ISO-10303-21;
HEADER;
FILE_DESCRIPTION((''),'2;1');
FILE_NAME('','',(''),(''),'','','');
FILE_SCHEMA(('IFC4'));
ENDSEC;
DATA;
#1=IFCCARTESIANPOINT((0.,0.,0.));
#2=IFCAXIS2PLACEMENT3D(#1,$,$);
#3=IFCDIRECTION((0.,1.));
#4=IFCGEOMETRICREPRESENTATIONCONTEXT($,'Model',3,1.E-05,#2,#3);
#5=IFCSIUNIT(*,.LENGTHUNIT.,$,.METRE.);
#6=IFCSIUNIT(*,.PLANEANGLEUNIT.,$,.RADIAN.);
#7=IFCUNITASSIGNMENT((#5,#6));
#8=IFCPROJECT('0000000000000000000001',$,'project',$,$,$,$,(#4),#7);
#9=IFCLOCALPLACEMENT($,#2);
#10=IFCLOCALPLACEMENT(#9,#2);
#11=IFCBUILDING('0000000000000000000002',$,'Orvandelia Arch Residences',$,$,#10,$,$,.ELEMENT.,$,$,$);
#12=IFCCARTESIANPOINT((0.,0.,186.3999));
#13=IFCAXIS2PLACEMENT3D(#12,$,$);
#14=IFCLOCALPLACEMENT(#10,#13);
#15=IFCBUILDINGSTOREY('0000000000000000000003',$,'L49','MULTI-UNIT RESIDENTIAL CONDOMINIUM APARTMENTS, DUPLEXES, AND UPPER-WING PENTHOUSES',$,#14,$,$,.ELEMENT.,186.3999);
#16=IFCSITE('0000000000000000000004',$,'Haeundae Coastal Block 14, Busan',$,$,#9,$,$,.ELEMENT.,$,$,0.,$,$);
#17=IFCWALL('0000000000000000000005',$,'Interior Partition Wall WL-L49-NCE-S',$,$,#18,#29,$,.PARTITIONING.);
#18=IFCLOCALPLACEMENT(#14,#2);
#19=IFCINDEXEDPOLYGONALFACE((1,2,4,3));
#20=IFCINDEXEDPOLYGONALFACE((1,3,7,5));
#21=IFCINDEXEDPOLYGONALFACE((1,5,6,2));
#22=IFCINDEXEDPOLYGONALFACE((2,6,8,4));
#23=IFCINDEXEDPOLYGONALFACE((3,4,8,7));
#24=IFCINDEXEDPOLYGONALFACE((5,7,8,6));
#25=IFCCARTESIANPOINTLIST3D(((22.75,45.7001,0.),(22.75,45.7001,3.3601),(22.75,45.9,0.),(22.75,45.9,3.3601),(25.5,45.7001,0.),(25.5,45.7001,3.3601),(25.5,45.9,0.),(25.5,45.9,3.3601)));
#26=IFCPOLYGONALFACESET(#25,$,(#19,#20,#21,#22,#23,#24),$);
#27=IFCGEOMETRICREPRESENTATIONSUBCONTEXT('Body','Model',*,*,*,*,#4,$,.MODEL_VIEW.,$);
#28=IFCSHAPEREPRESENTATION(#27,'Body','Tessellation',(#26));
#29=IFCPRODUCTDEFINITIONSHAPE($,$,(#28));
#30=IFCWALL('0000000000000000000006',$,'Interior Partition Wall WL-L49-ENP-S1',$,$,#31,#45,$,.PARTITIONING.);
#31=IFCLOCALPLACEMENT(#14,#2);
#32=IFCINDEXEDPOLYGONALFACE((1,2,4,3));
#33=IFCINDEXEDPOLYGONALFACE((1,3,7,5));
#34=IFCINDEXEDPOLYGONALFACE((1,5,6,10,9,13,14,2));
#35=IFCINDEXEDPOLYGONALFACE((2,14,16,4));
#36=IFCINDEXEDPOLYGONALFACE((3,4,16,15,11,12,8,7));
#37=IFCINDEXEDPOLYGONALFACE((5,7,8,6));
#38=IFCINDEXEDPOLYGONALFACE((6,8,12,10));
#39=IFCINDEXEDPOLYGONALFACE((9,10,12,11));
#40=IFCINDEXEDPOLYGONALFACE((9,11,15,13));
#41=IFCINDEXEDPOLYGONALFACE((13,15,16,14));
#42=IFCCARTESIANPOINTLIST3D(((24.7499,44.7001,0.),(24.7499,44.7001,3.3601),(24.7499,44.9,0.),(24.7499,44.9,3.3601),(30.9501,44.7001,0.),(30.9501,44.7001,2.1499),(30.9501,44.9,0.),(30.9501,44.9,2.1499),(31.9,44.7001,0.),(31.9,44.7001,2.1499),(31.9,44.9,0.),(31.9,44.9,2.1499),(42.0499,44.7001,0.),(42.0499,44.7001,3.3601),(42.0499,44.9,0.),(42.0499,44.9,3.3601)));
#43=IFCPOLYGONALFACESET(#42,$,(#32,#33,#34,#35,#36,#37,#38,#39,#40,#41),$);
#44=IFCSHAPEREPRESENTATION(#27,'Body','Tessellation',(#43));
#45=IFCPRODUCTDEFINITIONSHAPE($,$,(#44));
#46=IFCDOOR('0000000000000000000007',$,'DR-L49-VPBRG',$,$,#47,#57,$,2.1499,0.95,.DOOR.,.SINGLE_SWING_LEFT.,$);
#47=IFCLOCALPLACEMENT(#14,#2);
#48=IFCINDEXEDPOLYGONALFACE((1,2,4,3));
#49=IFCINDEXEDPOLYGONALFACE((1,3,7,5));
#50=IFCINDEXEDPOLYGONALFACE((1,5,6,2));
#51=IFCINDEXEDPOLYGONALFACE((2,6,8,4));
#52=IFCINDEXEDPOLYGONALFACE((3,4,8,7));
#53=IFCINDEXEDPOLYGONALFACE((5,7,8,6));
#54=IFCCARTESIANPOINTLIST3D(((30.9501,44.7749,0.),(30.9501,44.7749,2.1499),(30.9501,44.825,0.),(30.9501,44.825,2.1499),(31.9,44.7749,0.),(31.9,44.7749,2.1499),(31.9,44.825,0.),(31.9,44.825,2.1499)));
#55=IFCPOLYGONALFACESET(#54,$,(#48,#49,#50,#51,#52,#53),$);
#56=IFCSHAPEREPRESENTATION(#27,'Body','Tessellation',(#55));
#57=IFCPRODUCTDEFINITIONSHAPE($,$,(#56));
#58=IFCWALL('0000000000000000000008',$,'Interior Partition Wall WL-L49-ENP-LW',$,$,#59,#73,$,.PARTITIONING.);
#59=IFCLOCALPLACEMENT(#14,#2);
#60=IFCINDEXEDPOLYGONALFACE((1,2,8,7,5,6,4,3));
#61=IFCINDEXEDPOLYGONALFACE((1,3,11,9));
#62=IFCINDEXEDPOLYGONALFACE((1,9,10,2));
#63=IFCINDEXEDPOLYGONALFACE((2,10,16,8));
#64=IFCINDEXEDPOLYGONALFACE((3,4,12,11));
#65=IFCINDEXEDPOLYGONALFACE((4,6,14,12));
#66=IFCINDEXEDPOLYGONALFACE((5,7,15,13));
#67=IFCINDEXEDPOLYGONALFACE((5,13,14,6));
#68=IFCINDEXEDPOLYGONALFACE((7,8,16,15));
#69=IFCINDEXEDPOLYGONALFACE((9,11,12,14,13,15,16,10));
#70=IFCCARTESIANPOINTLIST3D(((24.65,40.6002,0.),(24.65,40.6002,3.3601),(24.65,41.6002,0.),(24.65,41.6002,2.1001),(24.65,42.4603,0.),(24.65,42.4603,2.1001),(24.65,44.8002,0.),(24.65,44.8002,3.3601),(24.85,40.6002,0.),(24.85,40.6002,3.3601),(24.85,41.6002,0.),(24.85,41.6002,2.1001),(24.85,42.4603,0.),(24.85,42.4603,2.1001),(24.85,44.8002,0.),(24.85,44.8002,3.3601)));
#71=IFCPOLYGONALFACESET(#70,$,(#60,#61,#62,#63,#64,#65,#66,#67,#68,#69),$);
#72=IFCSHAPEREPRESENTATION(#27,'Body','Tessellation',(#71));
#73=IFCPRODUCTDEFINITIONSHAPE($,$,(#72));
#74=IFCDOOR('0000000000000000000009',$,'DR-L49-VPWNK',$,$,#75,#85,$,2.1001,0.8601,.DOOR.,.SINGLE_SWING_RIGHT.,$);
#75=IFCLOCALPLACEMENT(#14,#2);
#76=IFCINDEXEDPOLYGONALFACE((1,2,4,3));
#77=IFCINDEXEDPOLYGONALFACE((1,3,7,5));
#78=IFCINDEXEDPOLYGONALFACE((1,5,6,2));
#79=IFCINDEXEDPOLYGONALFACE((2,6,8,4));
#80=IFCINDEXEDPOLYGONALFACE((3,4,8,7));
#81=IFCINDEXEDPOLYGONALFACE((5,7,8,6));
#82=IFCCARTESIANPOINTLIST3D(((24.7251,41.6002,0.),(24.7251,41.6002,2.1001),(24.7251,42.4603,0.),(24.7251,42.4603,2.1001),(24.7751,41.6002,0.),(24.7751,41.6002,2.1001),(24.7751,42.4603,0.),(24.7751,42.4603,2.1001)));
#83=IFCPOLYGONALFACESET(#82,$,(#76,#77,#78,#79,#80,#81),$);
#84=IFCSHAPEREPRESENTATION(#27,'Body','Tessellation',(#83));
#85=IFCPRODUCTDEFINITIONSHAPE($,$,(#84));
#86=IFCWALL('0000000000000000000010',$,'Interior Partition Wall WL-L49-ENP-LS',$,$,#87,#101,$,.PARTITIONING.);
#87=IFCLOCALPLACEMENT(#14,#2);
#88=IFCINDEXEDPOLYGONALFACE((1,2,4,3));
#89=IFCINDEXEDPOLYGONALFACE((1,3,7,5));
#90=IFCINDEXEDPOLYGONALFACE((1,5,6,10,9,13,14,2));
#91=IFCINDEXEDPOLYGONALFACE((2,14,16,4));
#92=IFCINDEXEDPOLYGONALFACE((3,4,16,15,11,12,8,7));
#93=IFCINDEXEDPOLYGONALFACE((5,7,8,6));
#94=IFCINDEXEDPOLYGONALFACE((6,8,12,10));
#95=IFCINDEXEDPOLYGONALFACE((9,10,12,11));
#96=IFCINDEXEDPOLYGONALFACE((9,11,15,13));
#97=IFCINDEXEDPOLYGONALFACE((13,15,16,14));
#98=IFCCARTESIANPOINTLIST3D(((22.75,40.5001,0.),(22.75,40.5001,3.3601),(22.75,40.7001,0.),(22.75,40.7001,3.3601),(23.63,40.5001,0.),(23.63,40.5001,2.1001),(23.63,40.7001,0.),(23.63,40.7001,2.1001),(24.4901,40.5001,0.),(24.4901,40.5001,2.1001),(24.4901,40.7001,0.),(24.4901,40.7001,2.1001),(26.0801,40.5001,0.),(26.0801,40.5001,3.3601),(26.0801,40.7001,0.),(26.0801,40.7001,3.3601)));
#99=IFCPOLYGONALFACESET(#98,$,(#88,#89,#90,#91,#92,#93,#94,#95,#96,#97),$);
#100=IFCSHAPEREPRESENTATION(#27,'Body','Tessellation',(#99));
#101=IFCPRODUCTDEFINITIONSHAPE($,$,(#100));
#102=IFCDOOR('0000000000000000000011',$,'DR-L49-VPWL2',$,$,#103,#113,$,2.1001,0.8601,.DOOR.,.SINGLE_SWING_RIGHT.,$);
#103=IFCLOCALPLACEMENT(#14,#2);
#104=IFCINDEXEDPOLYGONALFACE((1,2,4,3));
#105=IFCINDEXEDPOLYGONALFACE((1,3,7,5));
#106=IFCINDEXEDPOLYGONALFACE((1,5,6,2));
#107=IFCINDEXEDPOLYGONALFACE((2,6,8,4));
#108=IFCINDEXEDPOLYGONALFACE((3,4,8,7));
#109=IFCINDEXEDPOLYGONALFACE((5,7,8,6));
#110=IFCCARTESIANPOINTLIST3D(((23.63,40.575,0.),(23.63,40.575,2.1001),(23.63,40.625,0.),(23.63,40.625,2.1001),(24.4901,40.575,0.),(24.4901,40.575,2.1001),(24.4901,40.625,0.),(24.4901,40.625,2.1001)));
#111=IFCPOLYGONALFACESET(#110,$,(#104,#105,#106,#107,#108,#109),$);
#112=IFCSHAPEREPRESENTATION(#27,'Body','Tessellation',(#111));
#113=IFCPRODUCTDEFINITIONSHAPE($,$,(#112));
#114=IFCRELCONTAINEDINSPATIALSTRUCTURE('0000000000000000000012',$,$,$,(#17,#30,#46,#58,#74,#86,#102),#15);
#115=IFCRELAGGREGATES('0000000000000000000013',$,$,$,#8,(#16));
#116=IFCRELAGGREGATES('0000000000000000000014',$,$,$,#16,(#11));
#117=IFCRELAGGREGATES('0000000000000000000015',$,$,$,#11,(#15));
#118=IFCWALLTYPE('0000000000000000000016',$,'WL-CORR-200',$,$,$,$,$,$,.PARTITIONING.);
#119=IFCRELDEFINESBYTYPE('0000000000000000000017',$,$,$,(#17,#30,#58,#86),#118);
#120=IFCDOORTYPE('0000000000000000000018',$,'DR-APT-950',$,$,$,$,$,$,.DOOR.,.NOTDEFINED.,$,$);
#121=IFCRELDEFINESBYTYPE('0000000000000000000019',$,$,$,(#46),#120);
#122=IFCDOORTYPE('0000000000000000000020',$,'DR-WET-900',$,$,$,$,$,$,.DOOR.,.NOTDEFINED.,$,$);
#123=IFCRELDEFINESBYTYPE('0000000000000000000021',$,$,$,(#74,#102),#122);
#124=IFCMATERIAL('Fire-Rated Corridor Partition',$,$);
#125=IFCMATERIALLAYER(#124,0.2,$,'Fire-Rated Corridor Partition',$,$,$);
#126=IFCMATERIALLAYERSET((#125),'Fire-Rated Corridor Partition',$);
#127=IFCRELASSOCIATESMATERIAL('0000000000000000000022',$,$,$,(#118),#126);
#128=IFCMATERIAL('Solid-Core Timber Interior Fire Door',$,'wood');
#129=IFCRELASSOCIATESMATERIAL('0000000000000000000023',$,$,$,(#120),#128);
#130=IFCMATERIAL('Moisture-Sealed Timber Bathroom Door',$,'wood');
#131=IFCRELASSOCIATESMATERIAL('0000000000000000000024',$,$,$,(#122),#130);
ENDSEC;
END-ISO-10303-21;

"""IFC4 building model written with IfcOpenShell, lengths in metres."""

from ifc_helpers import new_model, si_unit, direction, frame, frame_2d, origin, place, context, subcontext, project, spatial, rectangle, extrude, material, layer, layer_set, type_object, element, fill, save


model = new_model("IFC4")

# Units and contexts
model_context = context("Model", 3, precision=1e-05, world=origin(), true_north=direction((0.0, 1.0)))
body_context = subcontext(model_context, "Body", "Model", "MODEL_VIEW")
ifc_project = project(units=[si_unit("LENGTHUNIT", "METRE"), si_unit("PLANEANGLEUNIT", "RADIAN")], contexts=[model_context])

# Site, building, storey
site_placement = place(None, origin())
site = spatial("IfcSite", under=ifc_project, at=site_placement, Name="Haeundae Coastal Block 14, Busan", CompositionType="ELEMENT", RefElevation=0.0)
building_placement = place(site_placement, origin())
building = spatial("IfcBuilding", under=site, at=building_placement, Name="Orvandelia Arch Residences", CompositionType="ELEMENT")
storey_placement = place(building_placement, frame((0.0, 0.0, 186.3999)))
storey = spatial("IfcBuildingStorey", under=building, at=storey_placement, Name="L49", Description="MULTI-UNIT RESIDENTIAL CONDOMINIUM APARTMENTS, DUPLEXES, AND UPPER-WING PENTHOUSES", CompositionType="ELEMENT", Elevation=186.3999)

# Wall
ifc_material_1 = material(Name="Fire-Rated Corridor Partition")
ifc_layer_1 = layer(ifc_material_1, 0.2, Name="Fire-Rated Corridor Partition")
ifc_layer_set_1 = layer_set([ifc_layer_1], Name="Fire-Rated Corridor Partition")
wall_type_1 = type_object("IfcWallType", Name="WL-CORR-200", PredefinedType="PARTITIONING", material=ifc_layer_set_1)
wall_1_placement = place(storey_placement, frame((22.75, 45.8, 0.0), z_axis=(0.0, 0.0, 1.0), x_axis=(1.0, 0.0, 0.0)))
element("IfcWall", 1, at=wall_1_placement, inside=storey, type_object=wall_type_1, Name="Interior Partition Wall WL-L49-NCE-S", PredefinedType="PARTITIONING", context=body_context, shape_type="SweptSolid", body=[
    extrude(rectangle(XDim=2.75, YDim=0.2, at=frame_2d((1.375, 0.0))), origin(), (0.0, 0.0, 1.0), 3.3601),
])

# Walls, openings, doors
wall_2_placement = place(storey_placement, frame((24.75, 44.8, 0.0), z_axis=(0.0, 0.0, 1.0), x_axis=(1.0, 0.0, 0.0)))
wall_2 = element("IfcWall", 2, at=wall_2_placement, inside=storey, type_object=wall_type_1, Name="Interior Partition Wall WL-L49-ENP-S1", PredefinedType="PARTITIONING", context=body_context, shape_type="SweptSolid", body=[
    extrude(rectangle(XDim=17.3, YDim=0.2, at=frame_2d((8.6499, 0.0))), origin(), (0.0, 0.0, 1.0), 3.3601),
])
opening_1_placement = place(wall_2_placement, frame((6.2, 0.0, 0.0)))
opening_1 = element("IfcOpeningElement", 3, at=opening_1_placement, cuts=wall_2, PredefinedType="OPENING", context=body_context, shape_type="SweptSolid", body=[
    extrude(rectangle(XDim=0.95, YDim=2.1499, at=frame_2d((0.4751, 1.075))), frame((0.0, 0.1099, 0.0), z_axis=(0.0, -1.0, 0.0), x_axis=(1.0, 0.0, 0.0)), (0.0, 0.0, 1.0), 0.22),
])
ifc_material_2 = material(Name="Solid-Core Timber Interior Fire Door", Category="wood")
door_type_1 = type_object("IfcDoorType", Name="DR-APT-950", OperationType="NOTDEFINED", PredefinedType="DOOR", material=ifc_material_2)
door_1_placement = place(opening_1_placement, origin())
door_1 = element("IfcDoor", 4, at=door_1_placement, inside=storey, type_object=door_type_1, Name="DR-L49-VPBRG", OperationType="SINGLE_SWING_LEFT", OverallHeight=2.1499, OverallWidth=0.95, PredefinedType="DOOR", context=body_context, shape_type="SweptSolid", body=[
    extrude(rectangle(XDim=0.95, YDim=2.1499, at=frame_2d((0.4751, 1.075))), frame((0.0, 0.0249, 0.0), z_axis=(0.0, -1.0, 0.0), x_axis=(1.0, 0.0, 0.0)), (0.0, 0.0, 1.0), 0.05),
])
fill(opening_1, door_1)
wall_3_placement = place(storey_placement, frame((24.75, 40.6001, 0.0), z_axis=(0.0, 0.0, 1.0), x_axis=(0.0, 1.0, 0.0)))
wall_3 = element("IfcWall", 5, at=wall_3_placement, inside=storey, type_object=wall_type_1, Name="Interior Partition Wall WL-L49-ENP-LW", PredefinedType="PARTITIONING", context=body_context, shape_type="SweptSolid", body=[
    extrude(rectangle(XDim=4.2, YDim=0.2, at=frame_2d((2.1001, 0.0))), origin(), (0.0, 0.0, 1.0), 3.3601),
])
opening_2_placement = place(wall_3_placement, frame((1.0, 0.0, 0.0)))
opening_2 = element("IfcOpeningElement", 6, at=opening_2_placement, cuts=wall_3, PredefinedType="OPENING", context=body_context, shape_type="SweptSolid", body=[
    extrude(rectangle(XDim=0.8601, YDim=2.1001, at=frame_2d((0.4302, 1.05))), frame((0.0, 0.1099, 0.0), z_axis=(0.0, -1.0, 0.0), x_axis=(1.0, 0.0, 0.0)), (0.0, 0.0, 1.0), 0.22),
])
ifc_material_3 = material(Name="Moisture-Sealed Timber Bathroom Door", Category="wood")
door_type_2 = type_object("IfcDoorType", Name="DR-WET-900", OperationType="NOTDEFINED", PredefinedType="DOOR", material=ifc_material_3)
door_2_placement = place(opening_2_placement, origin())
door_2 = element("IfcDoor", 7, at=door_2_placement, inside=storey, type_object=door_type_2, Name="DR-L49-VPWNK", OperationType="SINGLE_SWING_RIGHT", OverallHeight=2.1001, OverallWidth=0.8601, PredefinedType="DOOR", context=body_context, shape_type="SweptSolid", body=[
    extrude(rectangle(XDim=0.8601, YDim=2.1001, at=frame_2d((0.4302, 1.05))), frame((0.0, 0.0249, 0.0), z_axis=(0.0, -1.0, 0.0), x_axis=(1.0, 0.0, 0.0)), (0.0, 0.0, 1.0), 0.05),
])
fill(opening_2, door_2)
wall_4_placement = place(storey_placement, frame((22.75, 40.6001, 0.0), z_axis=(0.0, 0.0, 1.0), x_axis=(1.0, 0.0, 0.0)))
wall_4 = element("IfcWall", 8, at=wall_4_placement, inside=storey, type_object=wall_type_1, Name="Interior Partition Wall WL-L49-ENP-LS", PredefinedType="PARTITIONING", context=body_context, shape_type="SweptSolid", body=[
    extrude(rectangle(XDim=3.3301, YDim=0.2, at=frame_2d((1.665, 0.0))), origin(), (0.0, 0.0, 1.0), 3.3601),
])
opening_3_placement = place(wall_4_placement, frame((0.8799, 0.0, 0.0)))
opening_3 = element("IfcOpeningElement", 9, at=opening_3_placement, cuts=wall_4, PredefinedType="OPENING", context=body_context, shape_type="SweptSolid", body=[
    extrude(rectangle(XDim=0.8601, YDim=2.1001, at=frame_2d((0.4302, 1.05))), frame((0.0, 0.1099, 0.0), z_axis=(0.0, -1.0, 0.0), x_axis=(1.0, 0.0, 0.0)), (0.0, 0.0, 1.0), 0.22),
])
door_3_placement = place(opening_3_placement, origin())
door_3 = element("IfcDoor", 10, at=door_3_placement, inside=storey, type_object=door_type_2, Name="DR-L49-VPWL2", OperationType="SINGLE_SWING_RIGHT", OverallHeight=2.1001, OverallWidth=0.8601, PredefinedType="DOOR", context=body_context, shape_type="SweptSolid", body=[
    extrude(rectangle(XDim=0.8601, YDim=2.1001, at=frame_2d((0.4302, 1.05))), frame((0.0, 0.0249, 0.0), z_axis=(0.0, -1.0, 0.0), x_axis=(1.0, 0.0, 0.0)), (0.0, 0.0, 1.0), 0.05),
])
fill(opening_3, door_3)

save(model, "model.ifc")
